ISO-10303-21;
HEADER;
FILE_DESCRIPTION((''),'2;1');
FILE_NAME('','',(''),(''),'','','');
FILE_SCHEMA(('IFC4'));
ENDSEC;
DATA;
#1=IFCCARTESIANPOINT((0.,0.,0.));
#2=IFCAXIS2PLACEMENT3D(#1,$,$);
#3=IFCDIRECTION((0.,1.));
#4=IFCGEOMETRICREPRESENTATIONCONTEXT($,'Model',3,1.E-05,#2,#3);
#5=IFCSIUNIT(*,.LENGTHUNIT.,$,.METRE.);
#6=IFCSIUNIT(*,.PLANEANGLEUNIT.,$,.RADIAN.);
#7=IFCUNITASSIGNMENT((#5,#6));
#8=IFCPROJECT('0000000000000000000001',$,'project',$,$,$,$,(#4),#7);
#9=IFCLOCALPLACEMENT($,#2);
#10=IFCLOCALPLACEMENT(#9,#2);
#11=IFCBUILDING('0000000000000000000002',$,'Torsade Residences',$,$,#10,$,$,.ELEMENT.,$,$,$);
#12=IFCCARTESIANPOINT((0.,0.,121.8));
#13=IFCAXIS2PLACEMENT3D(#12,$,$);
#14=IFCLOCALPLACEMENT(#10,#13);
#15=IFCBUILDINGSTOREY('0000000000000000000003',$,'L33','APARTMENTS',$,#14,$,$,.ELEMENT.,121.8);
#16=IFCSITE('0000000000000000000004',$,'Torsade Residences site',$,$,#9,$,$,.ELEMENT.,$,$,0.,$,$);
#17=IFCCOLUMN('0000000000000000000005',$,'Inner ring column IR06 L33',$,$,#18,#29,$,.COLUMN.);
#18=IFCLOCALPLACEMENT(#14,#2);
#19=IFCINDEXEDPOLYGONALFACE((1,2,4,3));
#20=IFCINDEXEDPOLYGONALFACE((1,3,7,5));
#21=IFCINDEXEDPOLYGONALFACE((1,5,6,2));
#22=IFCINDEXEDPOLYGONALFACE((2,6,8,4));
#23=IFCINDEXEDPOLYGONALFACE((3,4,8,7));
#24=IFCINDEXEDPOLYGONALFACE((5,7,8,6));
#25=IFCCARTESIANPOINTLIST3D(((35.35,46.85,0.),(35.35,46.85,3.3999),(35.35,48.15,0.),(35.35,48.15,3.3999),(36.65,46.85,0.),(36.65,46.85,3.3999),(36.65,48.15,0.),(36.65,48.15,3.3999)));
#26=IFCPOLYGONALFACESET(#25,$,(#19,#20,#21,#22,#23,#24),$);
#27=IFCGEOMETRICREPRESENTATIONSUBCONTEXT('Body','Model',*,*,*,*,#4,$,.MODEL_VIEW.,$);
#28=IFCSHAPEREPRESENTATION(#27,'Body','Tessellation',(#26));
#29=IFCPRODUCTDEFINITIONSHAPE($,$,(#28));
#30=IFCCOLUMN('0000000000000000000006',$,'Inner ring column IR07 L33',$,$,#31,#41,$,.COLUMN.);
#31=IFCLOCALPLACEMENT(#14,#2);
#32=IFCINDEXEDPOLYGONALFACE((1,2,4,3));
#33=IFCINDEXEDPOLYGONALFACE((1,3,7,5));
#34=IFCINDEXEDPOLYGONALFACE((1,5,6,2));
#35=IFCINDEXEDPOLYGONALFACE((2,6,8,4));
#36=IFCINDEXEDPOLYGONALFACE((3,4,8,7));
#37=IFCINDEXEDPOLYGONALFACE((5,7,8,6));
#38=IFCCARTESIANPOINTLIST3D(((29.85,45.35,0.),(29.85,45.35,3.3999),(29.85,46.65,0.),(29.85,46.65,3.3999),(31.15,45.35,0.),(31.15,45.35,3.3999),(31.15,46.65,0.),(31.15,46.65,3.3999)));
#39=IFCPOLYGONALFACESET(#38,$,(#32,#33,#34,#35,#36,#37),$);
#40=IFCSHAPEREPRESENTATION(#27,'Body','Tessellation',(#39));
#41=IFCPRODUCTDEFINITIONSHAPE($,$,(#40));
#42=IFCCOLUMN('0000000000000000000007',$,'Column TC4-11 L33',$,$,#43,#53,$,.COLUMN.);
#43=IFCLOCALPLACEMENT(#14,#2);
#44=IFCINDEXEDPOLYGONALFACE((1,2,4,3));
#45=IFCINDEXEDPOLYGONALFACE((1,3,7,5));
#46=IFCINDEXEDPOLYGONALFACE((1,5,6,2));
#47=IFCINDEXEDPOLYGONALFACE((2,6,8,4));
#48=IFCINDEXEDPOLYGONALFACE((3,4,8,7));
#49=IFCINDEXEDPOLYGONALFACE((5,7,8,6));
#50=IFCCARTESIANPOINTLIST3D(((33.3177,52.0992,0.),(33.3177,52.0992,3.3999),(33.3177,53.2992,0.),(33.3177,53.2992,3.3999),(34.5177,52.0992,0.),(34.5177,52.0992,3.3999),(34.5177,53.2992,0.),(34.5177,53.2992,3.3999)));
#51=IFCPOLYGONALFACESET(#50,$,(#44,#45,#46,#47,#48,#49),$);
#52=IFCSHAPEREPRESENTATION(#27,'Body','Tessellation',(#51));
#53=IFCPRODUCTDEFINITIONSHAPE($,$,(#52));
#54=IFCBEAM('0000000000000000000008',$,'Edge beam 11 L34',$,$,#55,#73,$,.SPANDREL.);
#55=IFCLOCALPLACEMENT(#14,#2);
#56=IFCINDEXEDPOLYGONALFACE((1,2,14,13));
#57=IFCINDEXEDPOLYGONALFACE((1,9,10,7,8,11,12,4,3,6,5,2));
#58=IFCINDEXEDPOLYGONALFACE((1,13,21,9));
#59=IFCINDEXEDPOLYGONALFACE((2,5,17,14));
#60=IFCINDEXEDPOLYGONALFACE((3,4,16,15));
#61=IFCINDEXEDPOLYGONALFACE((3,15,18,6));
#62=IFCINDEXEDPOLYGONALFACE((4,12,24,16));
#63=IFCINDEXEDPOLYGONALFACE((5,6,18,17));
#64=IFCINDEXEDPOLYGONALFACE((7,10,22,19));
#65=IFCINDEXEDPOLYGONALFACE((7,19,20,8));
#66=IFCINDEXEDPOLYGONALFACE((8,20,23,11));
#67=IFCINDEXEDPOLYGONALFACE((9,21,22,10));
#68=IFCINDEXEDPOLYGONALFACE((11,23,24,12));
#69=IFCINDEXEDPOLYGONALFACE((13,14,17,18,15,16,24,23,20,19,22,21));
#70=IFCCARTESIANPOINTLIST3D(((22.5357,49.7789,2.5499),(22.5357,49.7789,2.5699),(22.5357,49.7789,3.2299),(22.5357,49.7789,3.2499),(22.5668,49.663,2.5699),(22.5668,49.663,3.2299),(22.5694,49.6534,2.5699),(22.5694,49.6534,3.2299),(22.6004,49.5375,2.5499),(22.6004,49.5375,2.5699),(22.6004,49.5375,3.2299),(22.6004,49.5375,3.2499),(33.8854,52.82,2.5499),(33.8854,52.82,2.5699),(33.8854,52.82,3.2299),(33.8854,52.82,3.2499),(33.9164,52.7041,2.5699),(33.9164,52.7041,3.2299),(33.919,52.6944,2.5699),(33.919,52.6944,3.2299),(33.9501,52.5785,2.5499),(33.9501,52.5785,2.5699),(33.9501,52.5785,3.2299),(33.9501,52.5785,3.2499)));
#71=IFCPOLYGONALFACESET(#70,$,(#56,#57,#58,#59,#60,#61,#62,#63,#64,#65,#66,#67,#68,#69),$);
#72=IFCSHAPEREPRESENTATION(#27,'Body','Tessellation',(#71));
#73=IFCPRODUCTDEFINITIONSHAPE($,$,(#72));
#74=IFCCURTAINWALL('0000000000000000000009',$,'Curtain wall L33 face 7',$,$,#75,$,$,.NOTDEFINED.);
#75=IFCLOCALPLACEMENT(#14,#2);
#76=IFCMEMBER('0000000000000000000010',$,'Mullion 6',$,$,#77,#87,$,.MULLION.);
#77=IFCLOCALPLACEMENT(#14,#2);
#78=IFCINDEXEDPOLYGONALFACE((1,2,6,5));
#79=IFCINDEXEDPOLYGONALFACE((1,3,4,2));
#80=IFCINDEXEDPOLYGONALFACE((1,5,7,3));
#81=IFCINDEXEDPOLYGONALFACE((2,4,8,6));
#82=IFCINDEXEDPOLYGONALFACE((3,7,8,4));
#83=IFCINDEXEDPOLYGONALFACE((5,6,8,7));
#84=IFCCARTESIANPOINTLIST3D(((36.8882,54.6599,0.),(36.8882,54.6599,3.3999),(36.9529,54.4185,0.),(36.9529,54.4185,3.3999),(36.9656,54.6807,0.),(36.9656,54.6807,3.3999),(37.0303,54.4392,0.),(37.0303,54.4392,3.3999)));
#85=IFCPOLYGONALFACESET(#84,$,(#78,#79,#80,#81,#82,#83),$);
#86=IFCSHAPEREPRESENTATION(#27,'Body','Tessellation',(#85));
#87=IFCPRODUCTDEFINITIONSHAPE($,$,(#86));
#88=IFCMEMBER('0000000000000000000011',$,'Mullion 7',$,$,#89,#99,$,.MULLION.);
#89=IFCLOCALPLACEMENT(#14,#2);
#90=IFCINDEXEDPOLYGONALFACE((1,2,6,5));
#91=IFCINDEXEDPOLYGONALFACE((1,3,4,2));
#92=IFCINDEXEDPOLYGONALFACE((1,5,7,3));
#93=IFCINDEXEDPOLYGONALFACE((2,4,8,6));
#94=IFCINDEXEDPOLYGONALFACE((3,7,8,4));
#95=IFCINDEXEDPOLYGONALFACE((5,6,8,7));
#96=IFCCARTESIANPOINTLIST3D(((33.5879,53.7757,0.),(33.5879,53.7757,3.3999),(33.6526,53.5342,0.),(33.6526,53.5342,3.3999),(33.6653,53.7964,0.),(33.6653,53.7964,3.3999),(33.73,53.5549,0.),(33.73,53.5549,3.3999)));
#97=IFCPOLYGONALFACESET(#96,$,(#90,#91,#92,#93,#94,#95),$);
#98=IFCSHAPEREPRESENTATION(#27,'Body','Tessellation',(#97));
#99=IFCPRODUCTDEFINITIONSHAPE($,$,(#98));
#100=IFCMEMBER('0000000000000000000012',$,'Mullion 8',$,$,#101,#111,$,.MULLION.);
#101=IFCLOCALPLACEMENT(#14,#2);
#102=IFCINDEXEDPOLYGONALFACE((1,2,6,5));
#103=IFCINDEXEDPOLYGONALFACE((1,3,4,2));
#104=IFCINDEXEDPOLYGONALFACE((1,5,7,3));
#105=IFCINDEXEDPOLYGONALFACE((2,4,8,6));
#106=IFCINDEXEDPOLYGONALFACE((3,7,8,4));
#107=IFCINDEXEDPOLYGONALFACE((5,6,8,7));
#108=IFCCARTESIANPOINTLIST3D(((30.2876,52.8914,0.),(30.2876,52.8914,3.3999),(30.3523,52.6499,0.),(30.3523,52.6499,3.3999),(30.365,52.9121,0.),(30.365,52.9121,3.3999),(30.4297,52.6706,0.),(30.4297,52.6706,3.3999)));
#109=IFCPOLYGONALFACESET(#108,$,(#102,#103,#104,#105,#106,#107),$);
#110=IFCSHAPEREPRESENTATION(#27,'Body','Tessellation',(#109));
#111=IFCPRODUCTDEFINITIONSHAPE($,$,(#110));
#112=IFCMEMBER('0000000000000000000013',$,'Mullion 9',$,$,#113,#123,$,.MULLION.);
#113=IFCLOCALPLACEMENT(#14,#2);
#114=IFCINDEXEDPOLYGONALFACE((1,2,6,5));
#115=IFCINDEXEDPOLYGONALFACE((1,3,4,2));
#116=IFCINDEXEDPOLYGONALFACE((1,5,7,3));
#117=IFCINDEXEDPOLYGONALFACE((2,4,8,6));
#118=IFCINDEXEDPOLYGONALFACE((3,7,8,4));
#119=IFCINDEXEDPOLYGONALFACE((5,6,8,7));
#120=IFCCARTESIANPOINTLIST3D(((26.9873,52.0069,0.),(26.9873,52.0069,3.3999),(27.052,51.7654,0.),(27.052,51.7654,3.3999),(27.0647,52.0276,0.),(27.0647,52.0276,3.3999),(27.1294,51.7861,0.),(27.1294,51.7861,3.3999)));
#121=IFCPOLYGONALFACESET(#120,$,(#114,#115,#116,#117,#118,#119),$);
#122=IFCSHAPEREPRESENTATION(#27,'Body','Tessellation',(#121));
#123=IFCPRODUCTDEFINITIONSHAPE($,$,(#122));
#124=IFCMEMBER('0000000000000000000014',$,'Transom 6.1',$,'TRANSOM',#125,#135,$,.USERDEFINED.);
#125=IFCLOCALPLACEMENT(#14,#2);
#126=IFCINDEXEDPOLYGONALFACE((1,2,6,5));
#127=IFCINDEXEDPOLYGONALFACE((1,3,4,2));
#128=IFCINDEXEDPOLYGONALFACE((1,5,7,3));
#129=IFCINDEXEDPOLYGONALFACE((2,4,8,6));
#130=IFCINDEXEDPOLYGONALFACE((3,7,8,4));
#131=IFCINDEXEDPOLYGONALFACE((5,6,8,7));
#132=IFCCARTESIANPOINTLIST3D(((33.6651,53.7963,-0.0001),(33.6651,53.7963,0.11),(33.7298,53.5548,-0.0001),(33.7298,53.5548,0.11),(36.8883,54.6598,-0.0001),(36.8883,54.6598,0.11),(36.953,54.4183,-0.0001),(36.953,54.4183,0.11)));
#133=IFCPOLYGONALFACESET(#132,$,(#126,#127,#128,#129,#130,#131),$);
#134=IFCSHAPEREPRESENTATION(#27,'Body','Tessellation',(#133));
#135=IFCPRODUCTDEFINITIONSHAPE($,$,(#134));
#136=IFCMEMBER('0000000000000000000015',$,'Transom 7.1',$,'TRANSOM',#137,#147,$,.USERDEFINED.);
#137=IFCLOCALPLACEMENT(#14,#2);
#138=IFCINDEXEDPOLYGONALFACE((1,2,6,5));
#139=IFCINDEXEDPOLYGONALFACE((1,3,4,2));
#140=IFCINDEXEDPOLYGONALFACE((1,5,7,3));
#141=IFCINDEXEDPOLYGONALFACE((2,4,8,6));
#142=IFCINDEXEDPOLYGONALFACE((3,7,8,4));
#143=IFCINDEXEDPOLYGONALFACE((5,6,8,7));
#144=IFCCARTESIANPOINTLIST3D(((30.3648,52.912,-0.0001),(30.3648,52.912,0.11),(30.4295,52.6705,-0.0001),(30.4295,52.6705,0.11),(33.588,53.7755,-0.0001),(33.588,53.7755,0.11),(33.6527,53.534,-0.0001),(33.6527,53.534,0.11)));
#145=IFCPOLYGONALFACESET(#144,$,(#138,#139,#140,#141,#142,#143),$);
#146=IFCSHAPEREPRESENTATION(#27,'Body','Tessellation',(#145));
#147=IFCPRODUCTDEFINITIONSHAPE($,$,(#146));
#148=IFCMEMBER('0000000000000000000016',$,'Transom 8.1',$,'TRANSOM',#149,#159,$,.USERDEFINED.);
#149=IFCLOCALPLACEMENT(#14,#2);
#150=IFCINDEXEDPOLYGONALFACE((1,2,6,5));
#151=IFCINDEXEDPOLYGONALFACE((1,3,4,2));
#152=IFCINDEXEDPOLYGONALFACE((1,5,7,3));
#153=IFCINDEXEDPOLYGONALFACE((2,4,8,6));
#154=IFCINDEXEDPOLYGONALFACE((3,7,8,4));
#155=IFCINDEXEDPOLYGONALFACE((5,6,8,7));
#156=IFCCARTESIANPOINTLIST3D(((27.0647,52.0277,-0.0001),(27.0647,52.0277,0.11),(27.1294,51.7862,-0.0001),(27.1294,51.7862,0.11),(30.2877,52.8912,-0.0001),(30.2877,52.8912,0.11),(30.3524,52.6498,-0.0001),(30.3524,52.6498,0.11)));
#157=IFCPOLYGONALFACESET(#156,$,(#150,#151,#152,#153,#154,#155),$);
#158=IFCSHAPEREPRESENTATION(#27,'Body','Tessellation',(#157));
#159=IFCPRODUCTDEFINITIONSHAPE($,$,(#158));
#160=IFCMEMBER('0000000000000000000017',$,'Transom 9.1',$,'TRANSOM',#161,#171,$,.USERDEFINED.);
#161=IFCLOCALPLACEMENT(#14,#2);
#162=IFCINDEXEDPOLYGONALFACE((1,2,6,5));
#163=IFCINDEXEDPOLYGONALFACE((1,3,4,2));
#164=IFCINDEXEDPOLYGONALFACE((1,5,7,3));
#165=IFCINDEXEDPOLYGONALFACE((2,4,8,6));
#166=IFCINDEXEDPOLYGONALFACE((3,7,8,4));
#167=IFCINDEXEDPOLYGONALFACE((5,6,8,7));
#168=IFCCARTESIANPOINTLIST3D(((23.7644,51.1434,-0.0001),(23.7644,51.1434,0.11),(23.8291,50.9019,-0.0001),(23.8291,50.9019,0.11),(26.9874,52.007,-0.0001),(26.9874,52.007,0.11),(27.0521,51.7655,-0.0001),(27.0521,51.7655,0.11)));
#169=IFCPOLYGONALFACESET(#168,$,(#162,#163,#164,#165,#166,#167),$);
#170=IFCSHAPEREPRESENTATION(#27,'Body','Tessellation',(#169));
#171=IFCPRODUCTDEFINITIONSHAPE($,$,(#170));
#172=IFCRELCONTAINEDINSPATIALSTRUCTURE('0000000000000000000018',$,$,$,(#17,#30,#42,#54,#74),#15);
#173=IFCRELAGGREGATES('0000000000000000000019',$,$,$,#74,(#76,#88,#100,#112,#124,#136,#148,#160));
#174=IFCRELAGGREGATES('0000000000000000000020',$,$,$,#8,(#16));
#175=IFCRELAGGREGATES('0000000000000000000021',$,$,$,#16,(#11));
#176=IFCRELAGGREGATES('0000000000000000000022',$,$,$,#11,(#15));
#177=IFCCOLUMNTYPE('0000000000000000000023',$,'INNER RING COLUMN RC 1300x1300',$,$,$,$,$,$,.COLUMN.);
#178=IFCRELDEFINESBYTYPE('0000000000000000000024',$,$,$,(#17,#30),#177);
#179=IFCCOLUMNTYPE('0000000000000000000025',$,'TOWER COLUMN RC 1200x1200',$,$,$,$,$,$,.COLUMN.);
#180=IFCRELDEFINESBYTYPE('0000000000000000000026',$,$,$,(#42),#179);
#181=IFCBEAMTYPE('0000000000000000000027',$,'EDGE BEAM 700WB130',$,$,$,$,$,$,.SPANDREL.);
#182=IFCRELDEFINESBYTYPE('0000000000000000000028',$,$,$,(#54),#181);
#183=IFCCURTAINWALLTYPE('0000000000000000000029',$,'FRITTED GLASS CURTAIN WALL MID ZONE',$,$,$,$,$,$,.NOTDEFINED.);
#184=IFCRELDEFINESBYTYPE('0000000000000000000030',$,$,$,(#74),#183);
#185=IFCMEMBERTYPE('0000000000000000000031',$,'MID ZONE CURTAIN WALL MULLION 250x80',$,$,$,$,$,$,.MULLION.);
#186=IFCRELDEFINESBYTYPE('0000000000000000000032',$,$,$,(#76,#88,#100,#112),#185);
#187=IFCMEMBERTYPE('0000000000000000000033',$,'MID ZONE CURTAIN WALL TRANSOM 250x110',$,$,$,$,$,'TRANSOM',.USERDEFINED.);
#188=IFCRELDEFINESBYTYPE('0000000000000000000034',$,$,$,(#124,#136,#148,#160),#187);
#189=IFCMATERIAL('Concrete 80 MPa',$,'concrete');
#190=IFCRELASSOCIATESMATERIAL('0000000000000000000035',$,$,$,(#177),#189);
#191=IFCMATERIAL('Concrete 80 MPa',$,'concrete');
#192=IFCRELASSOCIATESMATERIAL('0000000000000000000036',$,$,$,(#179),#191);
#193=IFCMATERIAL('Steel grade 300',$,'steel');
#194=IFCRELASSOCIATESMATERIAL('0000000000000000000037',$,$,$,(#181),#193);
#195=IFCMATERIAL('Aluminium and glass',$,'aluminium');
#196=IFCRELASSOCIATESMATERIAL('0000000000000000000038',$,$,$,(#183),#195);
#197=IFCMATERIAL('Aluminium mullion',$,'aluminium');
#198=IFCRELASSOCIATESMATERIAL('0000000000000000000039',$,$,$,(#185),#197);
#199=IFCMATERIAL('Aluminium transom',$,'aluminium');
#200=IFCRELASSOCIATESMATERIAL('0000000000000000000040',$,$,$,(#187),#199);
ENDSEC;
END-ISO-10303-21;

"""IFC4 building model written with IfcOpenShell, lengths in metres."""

from ifc_helpers import new_model, si_unit, direction, frame, origin, origin_2d, place, context, subcontext, project, spatial, rectangle, i_section, extrude, material, material_profile, profile_set, type_object, element, aggregate, save


model = new_model("IFC4")

# Units and contexts
model_context = context("Model", 3, precision=1e-05, world=origin(), true_north=direction((0.0, 1.0)))
body_context = subcontext(model_context, "Body", "Model", "MODEL_VIEW")
ifc_project = project(units=[si_unit("LENGTHUNIT", "METRE"), si_unit("PLANEANGLEUNIT", "RADIAN")], contexts=[model_context])

# Site, building, storey
site_placement = place(None, origin())
site = spatial("IfcSite", under=ifc_project, at=site_placement, Name="Torsade Residences site", CompositionType="ELEMENT", RefElevation=0.0)
building_placement = place(site_placement, origin())
building = spatial("IfcBuilding", under=site, at=building_placement, Name="Torsade Residences", CompositionType="ELEMENT")
storey_placement = place(building_placement, frame((0.0, 0.0, 121.8)))
storey = spatial("IfcBuildingStorey", under=building, at=storey_placement, Name="L33", Description="APARTMENTS", CompositionType="ELEMENT", Elevation=121.8)

# Columns
ifc_material_1 = material(Name="Concrete 80 MPa", Category="concrete")
ifc_material_profile_1 = material_profile(ifc_material_1, rectangle(XDim=1.3, YDim=1.3, at=origin_2d()), Name="RC 1300x1300")
ifc_profile_set_1 = profile_set([ifc_material_profile_1], Name="Concrete 80 MPa")
column_type_1 = type_object("IfcColumnType", Name="INNER RING COLUMN RC 1300x1300", PredefinedType="COLUMN", material=ifc_profile_set_1)
for number, where, z_axis, x_axis, name in (
    (1, (36.0, 47.5, 0.0), (0.0, 0.0, 1.0), (1.0, 0.0, 0.0), "Inner ring column IR06 L33"),
    (2, (30.5, 46.0, 0.0), (0.0, 0.0, 1.0), (1.0, 0.0, 0.0), "Inner ring column IR07 L33"),
):
    element("IfcColumn", number, at=place(storey_placement, frame(where, z_axis=z_axis, x_axis=x_axis)), inside=storey, type_object=column_type_1, Name=name, PredefinedType="COLUMN", context=body_context, shape_type="SweptSolid", body=[
        extrude(rectangle(XDim=1.3, YDim=1.3, at=origin_2d()), origin(), (0.0, 0.0, 1.0), 3.3999),
    ])
ifc_material_2 = material(Name="Concrete 80 MPa", Category="concrete")
ifc_material_profile_2 = material_profile(ifc_material_2, rectangle(XDim=1.2, YDim=1.2, at=origin_2d()), Name="RC 1200x1200")
ifc_profile_set_2 = profile_set([ifc_material_profile_2], Name="Concrete 80 MPa")
column_type_2 = type_object("IfcColumnType", Name="TOWER COLUMN RC 1200x1200", PredefinedType="COLUMN", material=ifc_profile_set_2)
column_placement = place(storey_placement, frame((33.9177, 52.6992, 0.0), z_axis=(0.0, 0.0, 1.0), x_axis=(1.0, 0.0, 0.0)))
element("IfcColumn", 3, at=column_placement, inside=storey, type_object=column_type_2, Name="Column TC4-11 L33", PredefinedType="COLUMN", context=body_context, shape_type="SweptSolid", body=[
    extrude(rectangle(XDim=1.2, YDim=1.2, at=origin_2d()), origin(), (0.0, 0.0, 1.0), 3.3999),
])

# Beam
ifc_material_3 = material(Name="Steel grade 300", Category="steel")
ifc_material_profile_3 = material_profile(ifc_material_3, i_section(OverallWidth=0.25, OverallDepth=0.7, WebThickness=0.01, FlangeThickness=0.02, at=origin_2d()), Name="700WB130")
ifc_profile_set_3 = profile_set([ifc_material_profile_3], Name="Steel grade 300")
beam_type_1 = type_object("IfcBeamType", Name="EDGE BEAM 700WB130", PredefinedType="SPANDREL", material=ifc_profile_set_3)
beam_1_placement = place(storey_placement, frame((33.9177, 52.6992, 2.8999), z_axis=(-0.965928, -0.258811, 0.0), x_axis=(0.258811, -0.965928, 0.0)))
element("IfcBeam", 4, at=beam_1_placement, inside=storey, type_object=beam_type_1, Name="Edge beam 11 L34", PredefinedType="SPANDREL", context=body_context, shape_type="SweptSolid", body=[
    extrude(i_section(OverallWidth=0.25, OverallDepth=0.7, WebThickness=0.01, FlangeThickness=0.02, at=origin_2d()), origin(), (0.0, 0.0, 1.0), 11.75),
])

# Curtain wall, members
ifc_material_4 = material(Name="Aluminium and glass", Category="aluminium")
curtain_wall_type = type_object("IfcCurtainWallType", Name="FRITTED GLASS CURTAIN WALL MID ZONE", PredefinedType="NOTDEFINED", material=ifc_material_4)
curtain_wall_placement = place(storey_placement, origin())
curtain_wall = element("IfcCurtainWall", 5, at=curtain_wall_placement, inside=storey, type_object=curtain_wall_type, Name="Curtain wall L33 face 7", PredefinedType="NOTDEFINED")
ifc_material_5 = material(Name="Aluminium mullion", Category="aluminium")
ifc_material_profile_4 = material_profile(ifc_material_5, rectangle(XDim=0.25, YDim=0.0801, at=origin_2d()), Name="MID ZONE CURTAIN WALL MULLION 250x80")
ifc_profile_set_4 = profile_set([ifc_material_profile_4], Name="Aluminium mullion")
member_type_1 = type_object("IfcMemberType", Name="MID ZONE CURTAIN WALL MULLION 250x80", PredefinedType="MULLION", material=ifc_profile_set_4)
member_1_placement = place(storey_placement, frame((36.9592, 54.5496, 0.0), z_axis=(0.0, 0.0, 1.0), x_axis=(0.258819, -0.965926, 0.0)))
member_1 = element("IfcMember", 6, at=member_1_placement, type_object=member_type_1, Name="Mullion 6", PredefinedType="MULLION", context=body_context, shape_type="SweptSolid", body=[
    extrude(rectangle(XDim=0.25, YDim=0.0801, at=origin_2d()), origin(), (0.0, 0.0, 1.0), 3.3999),
])
member_2_placement = place(storey_placement, frame((33.6589, 53.6653, 0.0), z_axis=(0.0, 0.0, 1.0), x_axis=(0.258819, -0.965926, 0.0)))
member_2 = element("IfcMember", 7, at=member_2_placement, type_object=member_type_1, Name="Mullion 7", PredefinedType="MULLION", context=body_context, shape_type="SweptSolid", body=[
    extrude(rectangle(XDim=0.25, YDim=0.0801, at=origin_2d()), origin(), (0.0, 0.0, 1.0), 3.3999),
])
member_3_placement = place(storey_placement, frame((30.3586, 52.781, 0.0), z_axis=(0.0, 0.0, 1.0), x_axis=(0.258819, -0.965926, 0.0)))
member_3 = element("IfcMember", 8, at=member_3_placement, type_object=member_type_1, Name="Mullion 8", PredefinedType="MULLION", context=body_context, shape_type="SweptSolid", body=[
    extrude(rectangle(XDim=0.25, YDim=0.0801, at=origin_2d()), origin(), (0.0, 0.0, 1.0), 3.3999),
])
member_4_placement = place(storey_placement, frame((27.0583, 51.8965, 0.0), z_axis=(0.0, 0.0, 1.0), x_axis=(0.258819, -0.965926, 0.0)))
member_4 = element("IfcMember", 9, at=member_4_placement, type_object=member_type_1, Name="Mullion 9", PredefinedType="MULLION", context=body_context, shape_type="SweptSolid", body=[
    extrude(rectangle(XDim=0.25, YDim=0.0801, at=origin_2d()), origin(), (0.0, 0.0, 1.0), 3.3999),
])
ifc_material_6 = material(Name="Aluminium transom", Category="aluminium")
ifc_material_profile_5 = material_profile(ifc_material_6, rectangle(XDim=0.25, YDim=0.1101, at=origin_2d()), Name="MID ZONE CURTAIN WALL TRANSOM 250x110")
ifc_profile_set_5 = profile_set([ifc_material_profile_5], Name="Aluminium transom")
member_type_2 = type_object("IfcMemberType", Name="MID ZONE CURTAIN WALL TRANSOM 250x110", ElementType="TRANSOM", PredefinedType="USERDEFINED", material=ifc_profile_set_5)
member_5_placement = place(storey_placement, frame((36.9207, 54.5391, 0.0549), z_axis=(-0.965934, -0.258787, 0.0), x_axis=(0.258787, -0.965934, 0.0)))
member_5 = element("IfcMember", 10, at=member_5_placement, type_object=member_type_2, Name="Transom 6.1", ObjectType="TRANSOM", PredefinedType="USERDEFINED", context=body_context, shape_type="SweptSolid", body=[
    extrude(rectangle(XDim=0.25, YDim=0.1101, at=origin_2d()), origin(), (0.0, 0.0, 1.0), 3.3369),
])
member_6_placement = place(storey_placement, frame((33.6204, 53.6548, 0.0549), z_axis=(-0.965934, -0.258787, 0.0), x_axis=(0.258787, -0.965934, 0.0)))
member_6 = element("IfcMember", 11, at=member_6_placement, type_object=member_type_2, Name="Transom 7.1", ObjectType="TRANSOM", PredefinedType="USERDEFINED", context=body_context, shape_type="SweptSolid", body=[
    extrude(rectangle(XDim=0.25, YDim=0.1101, at=origin_2d()), origin(), (0.0, 0.0, 1.0), 3.3369),
])
member_7_placement = place(storey_placement, frame((30.3201, 52.7705, 0.0549), z_axis=(-0.965929, -0.258806, 0.0), x_axis=(0.258806, -0.965929, 0.0)))
member_7 = element("IfcMember", 12, at=member_7_placement, type_object=member_type_2, Name="Transom 8.1", ObjectType="TRANSOM", PredefinedType="USERDEFINED", context=body_context, shape_type="SweptSolid", body=[
    extrude(rectangle(XDim=0.25, YDim=0.1101, at=origin_2d()), origin(), (0.0, 0.0, 1.0), 3.3367),
])
member_8_placement = place(storey_placement, frame((27.0198, 51.8862, 0.0549), z_axis=(-0.965929, -0.258806, 0.0), x_axis=(0.258806, -0.965929, 0.0)))
member_8 = element("IfcMember", 13, at=member_8_placement, type_object=member_type_2, Name="Transom 9.1", ObjectType="TRANSOM", PredefinedType="USERDEFINED", context=body_context, shape_type="SweptSolid", body=[
    extrude(rectangle(XDim=0.25, YDim=0.1101, at=origin_2d()), origin(), (0.0, 0.0, 1.0), 3.3367),
])

aggregate(curtain_wall, [member_1, member_2, member_3, member_4, member_5, member_6, member_7, member_8])

save(model, "model.ifc")
